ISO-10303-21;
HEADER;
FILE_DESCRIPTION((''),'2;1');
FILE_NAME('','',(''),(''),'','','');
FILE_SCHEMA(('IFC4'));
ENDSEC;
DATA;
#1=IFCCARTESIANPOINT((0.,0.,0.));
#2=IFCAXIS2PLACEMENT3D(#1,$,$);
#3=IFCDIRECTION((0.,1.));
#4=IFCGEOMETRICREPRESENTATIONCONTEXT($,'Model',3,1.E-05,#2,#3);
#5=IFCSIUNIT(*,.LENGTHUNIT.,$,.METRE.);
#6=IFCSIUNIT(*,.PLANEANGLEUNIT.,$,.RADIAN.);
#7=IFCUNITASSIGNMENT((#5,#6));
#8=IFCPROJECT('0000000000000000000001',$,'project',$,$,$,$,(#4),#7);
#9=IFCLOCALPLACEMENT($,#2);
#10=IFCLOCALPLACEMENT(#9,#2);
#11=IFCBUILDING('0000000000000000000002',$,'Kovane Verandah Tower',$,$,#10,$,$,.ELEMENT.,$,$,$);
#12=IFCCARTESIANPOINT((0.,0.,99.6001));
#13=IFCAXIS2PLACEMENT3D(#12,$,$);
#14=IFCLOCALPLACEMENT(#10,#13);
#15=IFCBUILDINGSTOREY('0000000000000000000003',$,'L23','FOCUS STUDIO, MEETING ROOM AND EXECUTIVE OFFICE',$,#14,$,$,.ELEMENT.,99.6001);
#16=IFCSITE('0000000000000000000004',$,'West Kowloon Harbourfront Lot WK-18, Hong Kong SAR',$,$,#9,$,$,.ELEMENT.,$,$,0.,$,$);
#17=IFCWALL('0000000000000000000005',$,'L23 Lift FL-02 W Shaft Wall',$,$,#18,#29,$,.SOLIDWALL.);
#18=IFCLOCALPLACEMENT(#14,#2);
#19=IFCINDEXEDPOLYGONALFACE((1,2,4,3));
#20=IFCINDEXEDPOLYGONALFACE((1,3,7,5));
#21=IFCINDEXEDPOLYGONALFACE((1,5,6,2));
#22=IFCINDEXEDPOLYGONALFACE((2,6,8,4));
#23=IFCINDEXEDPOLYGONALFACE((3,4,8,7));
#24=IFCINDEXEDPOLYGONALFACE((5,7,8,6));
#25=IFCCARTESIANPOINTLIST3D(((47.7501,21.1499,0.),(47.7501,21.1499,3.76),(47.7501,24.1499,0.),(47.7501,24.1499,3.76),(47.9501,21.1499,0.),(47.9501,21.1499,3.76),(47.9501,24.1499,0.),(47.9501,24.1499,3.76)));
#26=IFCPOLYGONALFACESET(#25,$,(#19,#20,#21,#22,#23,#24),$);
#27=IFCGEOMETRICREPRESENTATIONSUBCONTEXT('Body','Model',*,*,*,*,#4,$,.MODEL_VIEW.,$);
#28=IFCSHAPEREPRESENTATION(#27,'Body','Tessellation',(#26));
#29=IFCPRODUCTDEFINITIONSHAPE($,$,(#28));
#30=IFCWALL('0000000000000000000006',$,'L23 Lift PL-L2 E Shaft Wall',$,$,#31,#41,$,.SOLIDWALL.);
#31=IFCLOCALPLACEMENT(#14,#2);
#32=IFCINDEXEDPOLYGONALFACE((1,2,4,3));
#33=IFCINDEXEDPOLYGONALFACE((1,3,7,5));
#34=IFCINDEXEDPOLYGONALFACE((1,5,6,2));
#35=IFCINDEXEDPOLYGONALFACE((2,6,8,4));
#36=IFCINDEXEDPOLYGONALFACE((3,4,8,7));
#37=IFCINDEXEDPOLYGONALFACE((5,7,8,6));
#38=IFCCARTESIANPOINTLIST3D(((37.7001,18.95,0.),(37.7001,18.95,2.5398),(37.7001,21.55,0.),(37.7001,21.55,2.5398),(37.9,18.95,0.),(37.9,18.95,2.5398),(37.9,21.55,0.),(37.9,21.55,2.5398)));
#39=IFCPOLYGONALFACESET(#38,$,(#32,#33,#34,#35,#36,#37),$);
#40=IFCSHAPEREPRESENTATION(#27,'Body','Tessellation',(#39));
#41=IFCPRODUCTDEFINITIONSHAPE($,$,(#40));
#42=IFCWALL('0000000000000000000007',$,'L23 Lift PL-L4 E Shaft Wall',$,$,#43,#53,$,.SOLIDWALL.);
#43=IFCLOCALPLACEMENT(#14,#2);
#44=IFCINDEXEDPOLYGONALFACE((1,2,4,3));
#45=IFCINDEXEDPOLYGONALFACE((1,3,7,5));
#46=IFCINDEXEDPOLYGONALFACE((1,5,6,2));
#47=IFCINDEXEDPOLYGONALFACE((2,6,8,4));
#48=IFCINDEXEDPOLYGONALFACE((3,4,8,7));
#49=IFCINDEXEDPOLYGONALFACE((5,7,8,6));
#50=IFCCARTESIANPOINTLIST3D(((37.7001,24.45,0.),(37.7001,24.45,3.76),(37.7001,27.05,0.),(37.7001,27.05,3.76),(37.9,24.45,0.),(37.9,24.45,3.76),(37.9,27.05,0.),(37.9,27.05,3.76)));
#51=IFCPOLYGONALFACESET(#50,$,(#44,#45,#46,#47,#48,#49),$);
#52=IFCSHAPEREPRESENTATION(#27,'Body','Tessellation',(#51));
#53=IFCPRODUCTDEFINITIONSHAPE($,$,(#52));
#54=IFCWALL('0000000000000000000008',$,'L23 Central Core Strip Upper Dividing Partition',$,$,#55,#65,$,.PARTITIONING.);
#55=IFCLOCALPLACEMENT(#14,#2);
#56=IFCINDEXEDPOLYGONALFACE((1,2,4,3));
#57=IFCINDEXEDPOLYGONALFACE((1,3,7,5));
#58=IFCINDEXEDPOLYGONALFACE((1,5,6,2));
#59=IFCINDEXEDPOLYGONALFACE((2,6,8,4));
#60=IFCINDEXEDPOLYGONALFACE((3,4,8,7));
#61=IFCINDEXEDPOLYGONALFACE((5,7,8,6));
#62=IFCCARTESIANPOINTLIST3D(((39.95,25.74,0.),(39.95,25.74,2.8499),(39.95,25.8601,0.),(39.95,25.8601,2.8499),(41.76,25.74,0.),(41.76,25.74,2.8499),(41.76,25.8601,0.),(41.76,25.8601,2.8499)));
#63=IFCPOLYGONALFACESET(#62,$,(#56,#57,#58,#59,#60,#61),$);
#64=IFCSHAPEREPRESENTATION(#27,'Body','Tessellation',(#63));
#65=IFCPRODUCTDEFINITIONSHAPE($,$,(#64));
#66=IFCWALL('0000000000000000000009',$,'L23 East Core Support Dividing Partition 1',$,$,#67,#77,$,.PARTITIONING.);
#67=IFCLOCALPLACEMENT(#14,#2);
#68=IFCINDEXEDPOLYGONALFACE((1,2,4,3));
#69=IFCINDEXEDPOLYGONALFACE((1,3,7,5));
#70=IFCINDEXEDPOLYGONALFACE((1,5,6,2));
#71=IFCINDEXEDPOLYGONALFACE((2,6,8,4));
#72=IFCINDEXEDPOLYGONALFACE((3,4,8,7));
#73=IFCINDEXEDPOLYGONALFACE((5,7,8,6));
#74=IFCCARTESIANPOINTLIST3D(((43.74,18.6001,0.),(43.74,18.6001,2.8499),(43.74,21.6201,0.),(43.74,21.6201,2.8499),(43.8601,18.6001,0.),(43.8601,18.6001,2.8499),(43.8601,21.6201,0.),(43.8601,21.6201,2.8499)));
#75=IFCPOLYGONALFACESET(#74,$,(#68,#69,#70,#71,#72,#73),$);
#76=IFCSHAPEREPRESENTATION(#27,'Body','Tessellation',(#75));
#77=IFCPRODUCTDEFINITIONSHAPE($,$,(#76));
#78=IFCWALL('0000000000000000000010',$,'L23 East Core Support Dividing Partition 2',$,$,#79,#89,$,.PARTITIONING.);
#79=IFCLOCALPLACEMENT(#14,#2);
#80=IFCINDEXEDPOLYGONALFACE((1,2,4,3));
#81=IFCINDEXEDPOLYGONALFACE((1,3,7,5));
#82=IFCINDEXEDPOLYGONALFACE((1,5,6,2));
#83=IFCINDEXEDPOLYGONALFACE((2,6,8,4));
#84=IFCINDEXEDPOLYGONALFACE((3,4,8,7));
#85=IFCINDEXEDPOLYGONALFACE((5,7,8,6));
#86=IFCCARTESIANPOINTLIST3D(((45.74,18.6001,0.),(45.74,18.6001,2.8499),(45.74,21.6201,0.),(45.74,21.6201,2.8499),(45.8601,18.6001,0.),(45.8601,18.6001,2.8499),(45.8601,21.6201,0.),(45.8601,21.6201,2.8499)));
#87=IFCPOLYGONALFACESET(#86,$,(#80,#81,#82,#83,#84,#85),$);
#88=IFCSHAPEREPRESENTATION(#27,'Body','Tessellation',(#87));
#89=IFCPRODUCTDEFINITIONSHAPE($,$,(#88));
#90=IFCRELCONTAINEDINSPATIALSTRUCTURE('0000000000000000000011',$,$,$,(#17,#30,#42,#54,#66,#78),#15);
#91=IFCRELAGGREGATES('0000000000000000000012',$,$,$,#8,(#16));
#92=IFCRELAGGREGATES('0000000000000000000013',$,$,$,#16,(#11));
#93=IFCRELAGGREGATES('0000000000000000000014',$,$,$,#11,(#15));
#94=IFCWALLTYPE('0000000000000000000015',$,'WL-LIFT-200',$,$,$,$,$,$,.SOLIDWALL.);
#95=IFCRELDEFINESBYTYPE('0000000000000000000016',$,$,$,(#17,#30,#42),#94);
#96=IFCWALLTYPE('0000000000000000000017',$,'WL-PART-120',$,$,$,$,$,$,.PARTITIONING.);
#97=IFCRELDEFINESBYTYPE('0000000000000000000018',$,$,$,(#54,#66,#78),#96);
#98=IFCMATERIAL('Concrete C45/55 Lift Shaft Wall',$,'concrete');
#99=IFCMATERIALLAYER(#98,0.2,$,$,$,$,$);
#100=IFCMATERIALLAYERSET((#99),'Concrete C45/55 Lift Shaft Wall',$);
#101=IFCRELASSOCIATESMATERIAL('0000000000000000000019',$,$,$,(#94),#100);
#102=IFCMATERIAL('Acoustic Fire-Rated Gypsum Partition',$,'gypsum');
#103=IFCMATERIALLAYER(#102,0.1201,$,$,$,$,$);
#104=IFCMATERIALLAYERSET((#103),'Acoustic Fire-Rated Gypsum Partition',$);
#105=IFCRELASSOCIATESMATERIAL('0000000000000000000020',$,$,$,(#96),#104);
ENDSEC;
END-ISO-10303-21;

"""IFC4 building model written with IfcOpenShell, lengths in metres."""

from ifc_helpers import new_model, si_unit, direction, frame, frame_2d, origin, place, context, subcontext, project, spatial, rectangle, extrude, material, layer, layer_set, type_object, element, save


model = new_model("IFC4")

# Units and contexts
model_context = context("Model", 3, precision=1e-05, world=origin(), true_north=direction((0.0, 1.0)))
body_context = subcontext(model_context, "Body", "Model", "MODEL_VIEW")
ifc_project = project(units=[si_unit("LENGTHUNIT", "METRE"), si_unit("PLANEANGLEUNIT", "RADIAN")], contexts=[model_context])

# Site, building, storey
site_placement = place(None, origin())
site = spatial("IfcSite", under=ifc_project, at=site_placement, Name="West Kowloon Harbourfront Lot WK-18, Hong Kong SAR", CompositionType="ELEMENT", RefElevation=0.0)
building_placement = place(site_placement, origin())
building = spatial("IfcBuilding", under=site, at=building_placement, Name="Kovane Verandah Tower", CompositionType="ELEMENT")
storey_placement = place(building_placement, frame((0.0, 0.0, 99.6001)))
storey = spatial("IfcBuildingStorey", under=building, at=storey_placement, Name="L23", Description="FOCUS STUDIO, MEETING ROOM AND EXECUTIVE OFFICE", CompositionType="ELEMENT", Elevation=99.6001)

# Wall
ifc_material_1 = material(Name="Concrete C45/55 Lift Shaft Wall", Category="concrete")
ifc_layer_1 = layer(ifc_material_1, 0.2)
ifc_layer_set_1 = layer_set([ifc_layer_1], Name="Concrete C45/55 Lift Shaft Wall")
wall_type_1 = type_object("IfcWallType", Name="WL-LIFT-200", PredefinedType="SOLIDWALL", material=ifc_layer_set_1)
wall_1_placement = place(storey_placement, frame((47.8501, 24.1499, 0.0), z_axis=(0.0, 0.0, 1.0), x_axis=(0.0, -1.0, 0.0)))
element("IfcWall", 1, at=wall_1_placement, inside=storey, type_object=wall_type_1, Name="L23 Lift FL-02 W Shaft Wall", PredefinedType="SOLIDWALL", context=body_context, shape_type="SweptSolid", body=[
    extrude(rectangle(XDim=3.0, YDim=0.2, at=frame_2d((1.5, 0.0))), origin(), (0.0, 0.0, 1.0), 3.76),
])

# Walls
wall_2_placement = place(storey_placement, frame((37.8, 18.95, 0.0), z_axis=(0.0, 0.0, 1.0), x_axis=(0.0, 1.0, 0.0)))
element("IfcWall", 2, at=wall_2_placement, inside=storey, type_object=wall_type_1, Name="L23 Lift PL-L2 E Shaft Wall", PredefinedType="SOLIDWALL", context=body_context, shape_type="SweptSolid", body=[
    extrude(rectangle(XDim=2.6001, YDim=0.2, at=frame_2d((1.3, 0.0))), origin(), (0.0, 0.0, 1.0), 2.5398),
])
wall_3_placement = place(storey_placement, frame((37.8, 24.45, 0.0), z_axis=(0.0, 0.0, 1.0), x_axis=(0.0, 1.0, 0.0)))
element("IfcWall", 3, at=wall_3_placement, inside=storey, type_object=wall_type_1, Name="L23 Lift PL-L4 E Shaft Wall", PredefinedType="SOLIDWALL", context=body_context, shape_type="SweptSolid", body=[
    extrude(rectangle(XDim=2.6001, YDim=0.2, at=frame_2d((1.3, 0.0))), origin(), (0.0, 0.0, 1.0), 3.76),
])
ifc_material_2 = material(Name="Acoustic Fire-Rated Gypsum Partition", Category="gypsum")
ifc_layer_2 = layer(ifc_material_2, 0.1201)
ifc_layer_set_2 = layer_set([ifc_layer_2], Name="Acoustic Fire-Rated Gypsum Partition")
wall_type_2 = type_object("IfcWallType", Name="WL-PART-120", PredefinedType="PARTITIONING", material=ifc_layer_set_2)
wall_4_placement = place(storey_placement, frame((39.95, 25.8, 0.0), z_axis=(0.0, 0.0, 1.0), x_axis=(1.0, 0.0, 0.0)))
element("IfcWall", 4, at=wall_4_placement, inside=storey, type_object=wall_type_2, Name="L23 Central Core Strip Upper Dividing Partition", PredefinedType="PARTITIONING", context=body_context, shape_type="SweptSolid", body=[
    extrude(rectangle(XDim=1.8101, YDim=0.1201, at=frame_2d((0.905, 0.0))), origin(), (0.0, 0.0, 1.0), 2.8499),
])
for number, where, z_axis, x_axis, name in (
    (5, (43.8, 18.6001, 0.0), (0.0, 0.0, 1.0), (0.0, 1.0, 0.0), "L23 East Core Support Dividing Partition 1"),
    (6, (45.8, 18.6001, 0.0), (0.0, 0.0, 1.0), (0.0, 1.0, 0.0), "L23 East Core Support Dividing Partition 2"),
):
    element("IfcWall", number, at=place(storey_placement, frame(where, z_axis=z_axis, x_axis=x_axis)), inside=storey, type_object=wall_type_2, Name=name, PredefinedType="PARTITIONING", context=body_context, shape_type="SweptSolid", body=[
        extrude(rectangle(XDim=3.02, YDim=0.1201, at=frame_2d((1.51, 0.0))), origin(), (0.0, 0.0, 1.0), 2.8499),
    ])

save(model, "model.ifc")
